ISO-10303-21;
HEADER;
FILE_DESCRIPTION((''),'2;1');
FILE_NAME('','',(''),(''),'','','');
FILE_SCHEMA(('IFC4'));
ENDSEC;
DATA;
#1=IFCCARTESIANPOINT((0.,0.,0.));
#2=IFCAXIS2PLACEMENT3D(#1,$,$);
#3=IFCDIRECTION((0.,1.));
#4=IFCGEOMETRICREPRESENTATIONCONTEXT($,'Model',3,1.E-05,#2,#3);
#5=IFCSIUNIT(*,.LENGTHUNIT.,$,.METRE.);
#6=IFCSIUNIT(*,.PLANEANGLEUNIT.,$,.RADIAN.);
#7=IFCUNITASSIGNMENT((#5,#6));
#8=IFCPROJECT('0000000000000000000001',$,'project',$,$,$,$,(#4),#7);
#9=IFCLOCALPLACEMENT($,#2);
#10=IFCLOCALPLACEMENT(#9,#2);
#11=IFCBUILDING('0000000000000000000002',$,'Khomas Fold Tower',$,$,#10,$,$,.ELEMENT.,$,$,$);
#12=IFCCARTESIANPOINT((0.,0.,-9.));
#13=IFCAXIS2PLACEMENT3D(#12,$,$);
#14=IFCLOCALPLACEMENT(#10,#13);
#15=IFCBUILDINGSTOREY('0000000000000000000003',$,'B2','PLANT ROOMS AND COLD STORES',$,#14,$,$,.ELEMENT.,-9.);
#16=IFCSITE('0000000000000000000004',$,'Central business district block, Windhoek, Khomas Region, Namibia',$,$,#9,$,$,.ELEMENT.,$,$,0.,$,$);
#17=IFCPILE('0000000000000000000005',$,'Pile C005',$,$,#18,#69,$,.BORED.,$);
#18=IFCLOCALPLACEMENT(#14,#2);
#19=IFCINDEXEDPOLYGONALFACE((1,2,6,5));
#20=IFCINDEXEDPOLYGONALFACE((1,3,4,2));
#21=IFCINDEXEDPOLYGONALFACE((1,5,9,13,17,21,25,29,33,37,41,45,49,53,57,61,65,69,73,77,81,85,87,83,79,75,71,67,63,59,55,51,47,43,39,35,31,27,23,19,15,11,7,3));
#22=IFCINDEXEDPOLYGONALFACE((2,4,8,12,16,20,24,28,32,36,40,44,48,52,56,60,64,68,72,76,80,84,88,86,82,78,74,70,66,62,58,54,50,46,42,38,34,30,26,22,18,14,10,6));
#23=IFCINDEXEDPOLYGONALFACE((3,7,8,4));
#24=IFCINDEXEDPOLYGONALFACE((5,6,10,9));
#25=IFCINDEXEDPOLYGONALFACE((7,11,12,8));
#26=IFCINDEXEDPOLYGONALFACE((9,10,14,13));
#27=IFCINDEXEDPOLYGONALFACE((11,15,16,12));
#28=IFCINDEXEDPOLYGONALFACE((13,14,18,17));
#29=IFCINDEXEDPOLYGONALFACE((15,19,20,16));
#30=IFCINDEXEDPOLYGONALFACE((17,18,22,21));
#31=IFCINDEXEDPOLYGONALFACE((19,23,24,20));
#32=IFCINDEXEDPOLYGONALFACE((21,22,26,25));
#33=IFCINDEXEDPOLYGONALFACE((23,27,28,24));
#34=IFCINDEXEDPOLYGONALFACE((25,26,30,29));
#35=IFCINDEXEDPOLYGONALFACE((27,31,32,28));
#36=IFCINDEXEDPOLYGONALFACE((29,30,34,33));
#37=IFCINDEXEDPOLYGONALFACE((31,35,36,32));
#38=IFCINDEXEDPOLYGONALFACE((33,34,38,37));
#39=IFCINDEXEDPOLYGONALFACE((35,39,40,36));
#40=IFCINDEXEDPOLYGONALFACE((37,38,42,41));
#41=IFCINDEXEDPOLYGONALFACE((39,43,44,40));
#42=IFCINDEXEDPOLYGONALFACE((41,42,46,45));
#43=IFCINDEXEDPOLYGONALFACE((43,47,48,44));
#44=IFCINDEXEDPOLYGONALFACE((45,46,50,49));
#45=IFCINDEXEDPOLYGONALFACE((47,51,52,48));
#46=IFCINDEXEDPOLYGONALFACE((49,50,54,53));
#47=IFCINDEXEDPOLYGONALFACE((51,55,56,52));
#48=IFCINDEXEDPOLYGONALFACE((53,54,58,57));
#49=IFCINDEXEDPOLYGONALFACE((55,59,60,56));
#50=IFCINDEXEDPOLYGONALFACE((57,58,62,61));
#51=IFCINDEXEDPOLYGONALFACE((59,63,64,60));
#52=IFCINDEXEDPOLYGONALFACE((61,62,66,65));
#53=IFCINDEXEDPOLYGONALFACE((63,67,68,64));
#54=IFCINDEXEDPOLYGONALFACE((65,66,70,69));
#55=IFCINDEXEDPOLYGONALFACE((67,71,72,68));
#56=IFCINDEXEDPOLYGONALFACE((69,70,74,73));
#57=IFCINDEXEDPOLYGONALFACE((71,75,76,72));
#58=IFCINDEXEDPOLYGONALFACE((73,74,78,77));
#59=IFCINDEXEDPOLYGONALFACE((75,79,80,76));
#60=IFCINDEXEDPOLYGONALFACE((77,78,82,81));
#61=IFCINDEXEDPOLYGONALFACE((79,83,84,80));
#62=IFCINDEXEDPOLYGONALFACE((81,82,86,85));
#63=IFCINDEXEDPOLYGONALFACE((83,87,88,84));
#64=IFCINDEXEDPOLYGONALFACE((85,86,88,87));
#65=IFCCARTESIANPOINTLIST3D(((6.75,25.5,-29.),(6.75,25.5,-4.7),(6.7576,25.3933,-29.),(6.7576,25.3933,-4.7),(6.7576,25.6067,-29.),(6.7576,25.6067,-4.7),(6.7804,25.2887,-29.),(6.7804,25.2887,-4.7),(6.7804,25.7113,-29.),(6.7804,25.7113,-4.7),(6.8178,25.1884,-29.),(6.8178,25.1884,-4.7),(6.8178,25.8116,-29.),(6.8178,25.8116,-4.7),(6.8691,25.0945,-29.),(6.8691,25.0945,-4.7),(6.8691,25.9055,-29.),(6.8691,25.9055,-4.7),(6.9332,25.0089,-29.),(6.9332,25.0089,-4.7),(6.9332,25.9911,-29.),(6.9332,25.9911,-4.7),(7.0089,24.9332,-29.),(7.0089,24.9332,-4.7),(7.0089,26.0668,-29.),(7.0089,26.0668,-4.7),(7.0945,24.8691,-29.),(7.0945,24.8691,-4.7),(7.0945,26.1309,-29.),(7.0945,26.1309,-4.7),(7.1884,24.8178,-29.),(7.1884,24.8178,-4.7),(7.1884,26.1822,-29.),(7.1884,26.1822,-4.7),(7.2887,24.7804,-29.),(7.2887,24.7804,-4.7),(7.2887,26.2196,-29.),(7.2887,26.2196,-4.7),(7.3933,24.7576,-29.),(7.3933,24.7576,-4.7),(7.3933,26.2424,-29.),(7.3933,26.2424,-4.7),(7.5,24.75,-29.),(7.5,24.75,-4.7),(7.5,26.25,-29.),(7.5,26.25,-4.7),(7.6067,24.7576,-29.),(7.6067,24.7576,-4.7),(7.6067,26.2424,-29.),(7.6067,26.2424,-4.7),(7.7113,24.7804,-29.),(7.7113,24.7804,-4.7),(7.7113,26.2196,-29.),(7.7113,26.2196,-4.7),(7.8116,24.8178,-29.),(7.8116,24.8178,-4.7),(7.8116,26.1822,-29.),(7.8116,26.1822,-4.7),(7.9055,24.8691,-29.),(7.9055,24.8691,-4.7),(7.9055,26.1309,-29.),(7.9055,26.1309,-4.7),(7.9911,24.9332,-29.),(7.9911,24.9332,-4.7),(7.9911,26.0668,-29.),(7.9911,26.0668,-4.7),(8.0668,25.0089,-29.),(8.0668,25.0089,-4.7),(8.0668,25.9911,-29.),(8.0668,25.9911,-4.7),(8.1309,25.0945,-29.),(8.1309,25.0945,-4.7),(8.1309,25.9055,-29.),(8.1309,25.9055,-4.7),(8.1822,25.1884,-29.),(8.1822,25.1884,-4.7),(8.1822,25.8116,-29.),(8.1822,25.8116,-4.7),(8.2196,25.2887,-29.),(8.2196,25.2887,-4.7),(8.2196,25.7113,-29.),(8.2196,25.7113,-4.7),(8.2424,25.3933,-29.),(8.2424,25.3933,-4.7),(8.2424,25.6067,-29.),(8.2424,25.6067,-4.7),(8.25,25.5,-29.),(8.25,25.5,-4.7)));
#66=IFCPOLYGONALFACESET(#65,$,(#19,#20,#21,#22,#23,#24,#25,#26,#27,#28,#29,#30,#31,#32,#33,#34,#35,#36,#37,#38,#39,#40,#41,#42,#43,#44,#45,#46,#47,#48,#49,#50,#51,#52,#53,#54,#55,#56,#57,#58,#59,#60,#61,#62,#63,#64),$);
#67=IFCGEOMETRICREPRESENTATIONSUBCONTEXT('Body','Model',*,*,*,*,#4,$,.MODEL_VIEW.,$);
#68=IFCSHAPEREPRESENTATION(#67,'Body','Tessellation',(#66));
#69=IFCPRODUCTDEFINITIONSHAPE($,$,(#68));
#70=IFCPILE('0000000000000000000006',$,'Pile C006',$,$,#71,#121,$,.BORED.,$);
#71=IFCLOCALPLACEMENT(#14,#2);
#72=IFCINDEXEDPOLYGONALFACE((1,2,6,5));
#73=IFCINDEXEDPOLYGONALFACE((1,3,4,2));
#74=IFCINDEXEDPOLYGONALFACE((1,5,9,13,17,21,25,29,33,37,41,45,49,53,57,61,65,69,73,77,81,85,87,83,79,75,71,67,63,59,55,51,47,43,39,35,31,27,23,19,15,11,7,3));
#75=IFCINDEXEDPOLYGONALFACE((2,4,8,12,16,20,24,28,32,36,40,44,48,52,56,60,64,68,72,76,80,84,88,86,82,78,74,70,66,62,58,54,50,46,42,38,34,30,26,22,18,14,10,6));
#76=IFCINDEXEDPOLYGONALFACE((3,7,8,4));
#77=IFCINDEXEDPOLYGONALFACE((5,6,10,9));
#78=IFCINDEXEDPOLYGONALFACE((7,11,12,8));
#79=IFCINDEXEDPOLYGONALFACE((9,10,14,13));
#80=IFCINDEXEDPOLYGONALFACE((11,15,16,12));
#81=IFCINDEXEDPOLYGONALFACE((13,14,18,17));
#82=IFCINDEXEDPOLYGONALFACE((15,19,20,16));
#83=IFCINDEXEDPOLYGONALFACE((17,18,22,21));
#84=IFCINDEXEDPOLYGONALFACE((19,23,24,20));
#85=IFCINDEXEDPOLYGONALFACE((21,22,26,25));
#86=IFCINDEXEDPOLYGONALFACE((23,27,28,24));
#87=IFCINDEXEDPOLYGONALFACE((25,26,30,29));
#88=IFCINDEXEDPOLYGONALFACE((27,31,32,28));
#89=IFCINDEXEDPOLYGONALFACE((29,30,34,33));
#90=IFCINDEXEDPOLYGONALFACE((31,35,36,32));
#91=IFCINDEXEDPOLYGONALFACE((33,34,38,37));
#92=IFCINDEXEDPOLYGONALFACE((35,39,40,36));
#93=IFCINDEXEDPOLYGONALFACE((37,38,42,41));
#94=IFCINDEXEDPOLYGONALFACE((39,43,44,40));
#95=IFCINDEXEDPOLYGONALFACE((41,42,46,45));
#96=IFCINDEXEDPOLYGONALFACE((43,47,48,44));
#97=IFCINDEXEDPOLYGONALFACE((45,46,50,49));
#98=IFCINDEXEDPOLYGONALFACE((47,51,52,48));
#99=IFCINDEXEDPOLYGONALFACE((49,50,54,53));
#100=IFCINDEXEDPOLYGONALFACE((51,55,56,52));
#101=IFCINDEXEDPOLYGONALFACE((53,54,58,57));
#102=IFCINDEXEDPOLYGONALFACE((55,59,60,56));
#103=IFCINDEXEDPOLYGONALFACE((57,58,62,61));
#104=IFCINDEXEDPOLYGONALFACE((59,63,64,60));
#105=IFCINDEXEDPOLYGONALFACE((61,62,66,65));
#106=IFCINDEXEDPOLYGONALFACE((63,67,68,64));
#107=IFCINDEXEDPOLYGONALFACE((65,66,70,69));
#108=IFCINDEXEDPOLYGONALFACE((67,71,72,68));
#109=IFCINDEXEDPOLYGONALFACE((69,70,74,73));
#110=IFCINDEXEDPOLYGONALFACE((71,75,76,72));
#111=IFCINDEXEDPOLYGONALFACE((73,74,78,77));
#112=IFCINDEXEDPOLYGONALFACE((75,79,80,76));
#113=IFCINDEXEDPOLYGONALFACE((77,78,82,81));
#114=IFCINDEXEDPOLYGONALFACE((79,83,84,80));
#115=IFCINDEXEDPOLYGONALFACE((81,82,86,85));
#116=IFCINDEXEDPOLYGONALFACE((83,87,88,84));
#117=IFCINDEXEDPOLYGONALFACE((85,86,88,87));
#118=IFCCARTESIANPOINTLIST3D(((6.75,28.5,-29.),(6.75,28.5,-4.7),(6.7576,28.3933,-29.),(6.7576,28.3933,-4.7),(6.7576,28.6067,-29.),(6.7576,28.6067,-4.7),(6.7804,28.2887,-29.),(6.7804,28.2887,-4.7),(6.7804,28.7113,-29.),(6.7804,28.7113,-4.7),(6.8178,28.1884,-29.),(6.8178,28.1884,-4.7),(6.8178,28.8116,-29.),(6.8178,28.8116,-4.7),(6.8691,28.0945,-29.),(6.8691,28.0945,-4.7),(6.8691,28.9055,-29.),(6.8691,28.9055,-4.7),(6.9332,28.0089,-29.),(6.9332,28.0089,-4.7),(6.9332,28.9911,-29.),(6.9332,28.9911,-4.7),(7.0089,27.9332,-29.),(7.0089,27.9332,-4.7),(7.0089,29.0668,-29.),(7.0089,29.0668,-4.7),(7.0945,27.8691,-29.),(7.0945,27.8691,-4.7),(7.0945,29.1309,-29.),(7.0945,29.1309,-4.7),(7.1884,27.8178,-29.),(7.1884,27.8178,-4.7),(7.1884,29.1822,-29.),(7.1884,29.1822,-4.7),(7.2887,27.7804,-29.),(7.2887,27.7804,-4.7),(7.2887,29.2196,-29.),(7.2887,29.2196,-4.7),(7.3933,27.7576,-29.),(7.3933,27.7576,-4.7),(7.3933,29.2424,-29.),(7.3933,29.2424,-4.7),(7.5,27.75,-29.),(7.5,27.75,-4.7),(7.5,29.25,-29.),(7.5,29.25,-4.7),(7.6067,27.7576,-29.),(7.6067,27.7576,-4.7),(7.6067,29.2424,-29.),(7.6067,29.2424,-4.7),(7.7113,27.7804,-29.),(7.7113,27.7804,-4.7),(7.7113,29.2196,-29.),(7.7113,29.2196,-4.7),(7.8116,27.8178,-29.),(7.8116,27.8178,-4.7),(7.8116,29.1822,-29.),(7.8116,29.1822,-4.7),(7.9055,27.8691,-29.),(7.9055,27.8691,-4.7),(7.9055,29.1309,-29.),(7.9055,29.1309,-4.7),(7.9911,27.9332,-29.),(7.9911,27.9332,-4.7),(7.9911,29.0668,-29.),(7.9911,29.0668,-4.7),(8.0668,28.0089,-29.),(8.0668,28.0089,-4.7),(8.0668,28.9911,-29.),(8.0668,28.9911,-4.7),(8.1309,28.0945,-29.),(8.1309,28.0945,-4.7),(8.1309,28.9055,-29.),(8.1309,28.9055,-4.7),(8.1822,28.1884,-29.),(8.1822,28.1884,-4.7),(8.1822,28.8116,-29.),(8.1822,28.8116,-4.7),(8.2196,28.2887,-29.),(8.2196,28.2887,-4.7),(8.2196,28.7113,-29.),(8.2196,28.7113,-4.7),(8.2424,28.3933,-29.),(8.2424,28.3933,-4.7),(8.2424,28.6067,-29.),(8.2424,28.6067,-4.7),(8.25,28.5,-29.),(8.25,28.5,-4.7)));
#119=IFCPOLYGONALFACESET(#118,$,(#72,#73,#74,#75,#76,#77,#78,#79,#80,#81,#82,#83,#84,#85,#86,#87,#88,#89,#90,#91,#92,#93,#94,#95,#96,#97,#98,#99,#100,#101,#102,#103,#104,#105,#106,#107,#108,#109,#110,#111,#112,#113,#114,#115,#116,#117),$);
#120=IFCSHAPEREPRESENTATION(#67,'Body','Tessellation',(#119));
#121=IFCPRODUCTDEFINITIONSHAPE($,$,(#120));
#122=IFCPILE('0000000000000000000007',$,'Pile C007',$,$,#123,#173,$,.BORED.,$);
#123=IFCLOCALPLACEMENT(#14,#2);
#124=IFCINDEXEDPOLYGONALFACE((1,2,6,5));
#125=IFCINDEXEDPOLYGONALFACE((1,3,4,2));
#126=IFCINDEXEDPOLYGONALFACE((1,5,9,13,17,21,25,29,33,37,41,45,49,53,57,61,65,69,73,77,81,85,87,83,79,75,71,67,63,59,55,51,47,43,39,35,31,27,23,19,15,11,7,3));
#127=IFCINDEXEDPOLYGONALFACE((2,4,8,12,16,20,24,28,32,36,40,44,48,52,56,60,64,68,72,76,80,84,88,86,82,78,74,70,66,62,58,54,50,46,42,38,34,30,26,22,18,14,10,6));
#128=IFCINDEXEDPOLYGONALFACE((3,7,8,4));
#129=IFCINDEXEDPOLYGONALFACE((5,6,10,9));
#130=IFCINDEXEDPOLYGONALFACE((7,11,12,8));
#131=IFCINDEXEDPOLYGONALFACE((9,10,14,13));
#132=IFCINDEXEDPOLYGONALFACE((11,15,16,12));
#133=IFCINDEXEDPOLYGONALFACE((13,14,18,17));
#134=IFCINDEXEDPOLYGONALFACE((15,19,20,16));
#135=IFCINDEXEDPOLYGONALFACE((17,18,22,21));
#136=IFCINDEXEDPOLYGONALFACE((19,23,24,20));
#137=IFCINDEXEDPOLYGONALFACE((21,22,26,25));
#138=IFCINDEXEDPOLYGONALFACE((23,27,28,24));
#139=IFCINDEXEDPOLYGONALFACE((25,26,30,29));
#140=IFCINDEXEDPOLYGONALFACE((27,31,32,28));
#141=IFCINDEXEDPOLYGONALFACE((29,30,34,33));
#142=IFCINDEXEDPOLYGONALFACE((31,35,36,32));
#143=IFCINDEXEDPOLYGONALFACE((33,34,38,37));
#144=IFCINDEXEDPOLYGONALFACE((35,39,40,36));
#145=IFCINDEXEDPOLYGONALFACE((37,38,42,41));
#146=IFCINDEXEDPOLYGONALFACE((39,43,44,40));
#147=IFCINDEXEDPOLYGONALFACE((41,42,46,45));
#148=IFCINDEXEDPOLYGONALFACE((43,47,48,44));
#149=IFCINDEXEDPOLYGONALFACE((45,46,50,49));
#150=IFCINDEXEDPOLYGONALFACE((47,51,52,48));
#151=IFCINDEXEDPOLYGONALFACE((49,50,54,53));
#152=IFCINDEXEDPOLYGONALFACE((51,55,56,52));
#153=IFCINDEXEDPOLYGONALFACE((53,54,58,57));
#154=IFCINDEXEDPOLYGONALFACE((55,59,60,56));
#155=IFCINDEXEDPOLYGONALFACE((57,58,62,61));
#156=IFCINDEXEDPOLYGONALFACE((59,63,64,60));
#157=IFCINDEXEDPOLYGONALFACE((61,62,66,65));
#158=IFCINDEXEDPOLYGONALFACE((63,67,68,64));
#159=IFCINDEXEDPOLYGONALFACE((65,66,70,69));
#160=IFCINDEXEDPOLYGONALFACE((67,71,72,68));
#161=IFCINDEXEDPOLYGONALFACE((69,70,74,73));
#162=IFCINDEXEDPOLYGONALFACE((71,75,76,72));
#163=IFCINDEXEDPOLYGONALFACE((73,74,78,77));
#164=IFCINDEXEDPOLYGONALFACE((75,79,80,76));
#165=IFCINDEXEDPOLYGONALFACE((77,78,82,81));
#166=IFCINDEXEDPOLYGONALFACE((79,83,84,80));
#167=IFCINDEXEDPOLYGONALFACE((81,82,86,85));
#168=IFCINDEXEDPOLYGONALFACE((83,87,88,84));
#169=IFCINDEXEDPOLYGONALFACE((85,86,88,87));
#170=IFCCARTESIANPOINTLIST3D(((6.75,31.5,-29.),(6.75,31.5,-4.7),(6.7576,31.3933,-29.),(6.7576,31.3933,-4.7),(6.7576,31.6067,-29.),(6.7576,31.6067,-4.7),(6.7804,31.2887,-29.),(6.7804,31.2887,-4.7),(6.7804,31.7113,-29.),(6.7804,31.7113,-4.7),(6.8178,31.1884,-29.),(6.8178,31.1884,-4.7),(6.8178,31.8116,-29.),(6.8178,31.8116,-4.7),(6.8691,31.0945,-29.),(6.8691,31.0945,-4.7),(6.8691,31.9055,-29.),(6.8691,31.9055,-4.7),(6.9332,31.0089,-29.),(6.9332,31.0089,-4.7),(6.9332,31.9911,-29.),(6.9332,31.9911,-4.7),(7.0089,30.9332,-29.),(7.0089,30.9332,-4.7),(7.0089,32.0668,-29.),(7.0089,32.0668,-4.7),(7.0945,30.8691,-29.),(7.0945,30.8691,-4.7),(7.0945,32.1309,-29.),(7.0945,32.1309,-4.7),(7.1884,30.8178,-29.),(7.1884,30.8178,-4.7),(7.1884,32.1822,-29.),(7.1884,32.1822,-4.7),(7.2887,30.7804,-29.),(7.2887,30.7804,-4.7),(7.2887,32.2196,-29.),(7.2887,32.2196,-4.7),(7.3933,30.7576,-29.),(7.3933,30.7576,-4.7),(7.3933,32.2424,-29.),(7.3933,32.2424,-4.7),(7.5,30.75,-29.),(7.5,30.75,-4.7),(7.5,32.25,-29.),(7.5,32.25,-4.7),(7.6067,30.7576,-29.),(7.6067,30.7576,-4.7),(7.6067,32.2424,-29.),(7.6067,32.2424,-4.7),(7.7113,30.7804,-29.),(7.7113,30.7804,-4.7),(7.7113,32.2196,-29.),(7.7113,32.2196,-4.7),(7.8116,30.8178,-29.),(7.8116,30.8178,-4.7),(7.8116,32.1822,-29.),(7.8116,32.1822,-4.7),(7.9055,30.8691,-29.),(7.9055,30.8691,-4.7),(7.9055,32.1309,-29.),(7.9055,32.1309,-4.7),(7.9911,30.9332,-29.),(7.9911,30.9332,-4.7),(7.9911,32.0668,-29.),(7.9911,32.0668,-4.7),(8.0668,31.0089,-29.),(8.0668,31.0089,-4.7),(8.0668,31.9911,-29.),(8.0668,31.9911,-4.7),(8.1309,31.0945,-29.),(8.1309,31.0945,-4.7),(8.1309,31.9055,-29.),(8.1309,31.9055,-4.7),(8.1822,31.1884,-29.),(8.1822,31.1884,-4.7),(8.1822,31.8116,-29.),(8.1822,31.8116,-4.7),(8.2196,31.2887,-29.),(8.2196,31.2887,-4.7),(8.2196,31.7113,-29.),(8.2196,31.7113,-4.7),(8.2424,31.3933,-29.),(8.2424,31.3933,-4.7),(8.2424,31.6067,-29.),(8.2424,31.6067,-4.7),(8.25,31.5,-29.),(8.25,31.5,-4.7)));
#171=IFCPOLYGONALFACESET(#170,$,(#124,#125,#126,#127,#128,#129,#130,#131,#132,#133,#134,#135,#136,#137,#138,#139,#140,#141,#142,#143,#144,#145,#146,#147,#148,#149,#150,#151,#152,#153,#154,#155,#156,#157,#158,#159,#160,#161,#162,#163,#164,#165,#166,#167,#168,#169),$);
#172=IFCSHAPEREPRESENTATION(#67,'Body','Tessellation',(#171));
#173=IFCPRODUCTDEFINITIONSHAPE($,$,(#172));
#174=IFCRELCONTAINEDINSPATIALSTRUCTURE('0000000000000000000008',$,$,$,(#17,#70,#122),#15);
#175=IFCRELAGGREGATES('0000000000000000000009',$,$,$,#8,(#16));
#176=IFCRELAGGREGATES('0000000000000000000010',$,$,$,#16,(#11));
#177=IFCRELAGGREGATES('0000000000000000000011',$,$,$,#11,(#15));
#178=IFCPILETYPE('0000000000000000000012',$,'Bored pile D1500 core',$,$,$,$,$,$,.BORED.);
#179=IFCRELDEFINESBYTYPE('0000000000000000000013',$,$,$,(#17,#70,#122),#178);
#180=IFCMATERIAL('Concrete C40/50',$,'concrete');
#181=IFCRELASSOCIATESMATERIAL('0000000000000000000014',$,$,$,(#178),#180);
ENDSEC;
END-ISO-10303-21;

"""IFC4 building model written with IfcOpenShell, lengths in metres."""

from ifc_helpers import new_model, si_unit, direction, frame, origin, origin_2d, place, context, subcontext, project, spatial, circle, extrude, source, transform, mapped, material, material_profile, profile_set, type_object, element, save


model = new_model("IFC4")

# Units and contexts
model_context = context("Model", 3, precision=1e-05, world=origin(), true_north=direction((0.0, 1.0)))
body_context = subcontext(model_context, "Body", "Model", "MODEL_VIEW")
ifc_project = project(units=[si_unit("LENGTHUNIT", "METRE"), si_unit("PLANEANGLEUNIT", "RADIAN")], contexts=[model_context])

# Site, building, storey
site_placement = place(None, origin())
site = spatial("IfcSite", under=ifc_project, at=site_placement, Name="Central business district block, Windhoek, Khomas Region, Namibia", CompositionType="ELEMENT", RefElevation=0.0)
building_placement = place(site_placement, origin())
building = spatial("IfcBuilding", under=site, at=building_placement, Name="Khomas Fold Tower", CompositionType="ELEMENT")
storey_placement = place(building_placement, frame((0.0, 0.0, -9.0)))
storey = spatial("IfcBuildingStorey", under=building, at=storey_placement, Name="B2", Description="PLANT ROOMS AND COLD STORES", CompositionType="ELEMENT", Elevation=-9.0)

# Piles
ifc_material_1 = material(Name="Concrete C40/50", Category="concrete")
ifc_material_profile = material_profile(ifc_material_1, circle(Radius=0.75, at=origin_2d()), Name="PILE D1500")
ifc_profile_set = profile_set([ifc_material_profile], Name="Concrete C40/50")
pile_type = type_object("IfcPileType", Name="Bored pile D1500 core", PredefinedType="BORED", material=ifc_profile_set)
shared_shape_1 = source(origin(), body_context, "Body", "SweptSolid", [
    extrude(circle(Radius=0.75, at=origin_2d()), origin(), (0.0, 0.0, 1.0), 24.3),
])
for number, where, z_axis, x_axis, name in (
    (1, (7.5, 25.5, -4.7), (0.0, 0.0, -1.0), (1.0, 0.0, 0.0), "Pile C005"),
    (2, (7.5, 28.5, -4.7), (0.0, 0.0, -1.0), (1.0, 0.0, 0.0), "Pile C006"),
    (3, (7.5, 31.5, -4.7), (0.0, 0.0, -1.0), (1.0, 0.0, 0.0), "Pile C007"),
):
    element("IfcPile", number, at=place(storey_placement, frame(where, z_axis=z_axis, x_axis=x_axis)), inside=storey, type_object=pile_type, Name=name, PredefinedType="BORED", context=body_context, shape_type="MappedRepresentation", body=[
        mapped(shared_shape_1, transform((0.0, 0.0, 0.0))),
    ])

save(model, "model.ifc")
